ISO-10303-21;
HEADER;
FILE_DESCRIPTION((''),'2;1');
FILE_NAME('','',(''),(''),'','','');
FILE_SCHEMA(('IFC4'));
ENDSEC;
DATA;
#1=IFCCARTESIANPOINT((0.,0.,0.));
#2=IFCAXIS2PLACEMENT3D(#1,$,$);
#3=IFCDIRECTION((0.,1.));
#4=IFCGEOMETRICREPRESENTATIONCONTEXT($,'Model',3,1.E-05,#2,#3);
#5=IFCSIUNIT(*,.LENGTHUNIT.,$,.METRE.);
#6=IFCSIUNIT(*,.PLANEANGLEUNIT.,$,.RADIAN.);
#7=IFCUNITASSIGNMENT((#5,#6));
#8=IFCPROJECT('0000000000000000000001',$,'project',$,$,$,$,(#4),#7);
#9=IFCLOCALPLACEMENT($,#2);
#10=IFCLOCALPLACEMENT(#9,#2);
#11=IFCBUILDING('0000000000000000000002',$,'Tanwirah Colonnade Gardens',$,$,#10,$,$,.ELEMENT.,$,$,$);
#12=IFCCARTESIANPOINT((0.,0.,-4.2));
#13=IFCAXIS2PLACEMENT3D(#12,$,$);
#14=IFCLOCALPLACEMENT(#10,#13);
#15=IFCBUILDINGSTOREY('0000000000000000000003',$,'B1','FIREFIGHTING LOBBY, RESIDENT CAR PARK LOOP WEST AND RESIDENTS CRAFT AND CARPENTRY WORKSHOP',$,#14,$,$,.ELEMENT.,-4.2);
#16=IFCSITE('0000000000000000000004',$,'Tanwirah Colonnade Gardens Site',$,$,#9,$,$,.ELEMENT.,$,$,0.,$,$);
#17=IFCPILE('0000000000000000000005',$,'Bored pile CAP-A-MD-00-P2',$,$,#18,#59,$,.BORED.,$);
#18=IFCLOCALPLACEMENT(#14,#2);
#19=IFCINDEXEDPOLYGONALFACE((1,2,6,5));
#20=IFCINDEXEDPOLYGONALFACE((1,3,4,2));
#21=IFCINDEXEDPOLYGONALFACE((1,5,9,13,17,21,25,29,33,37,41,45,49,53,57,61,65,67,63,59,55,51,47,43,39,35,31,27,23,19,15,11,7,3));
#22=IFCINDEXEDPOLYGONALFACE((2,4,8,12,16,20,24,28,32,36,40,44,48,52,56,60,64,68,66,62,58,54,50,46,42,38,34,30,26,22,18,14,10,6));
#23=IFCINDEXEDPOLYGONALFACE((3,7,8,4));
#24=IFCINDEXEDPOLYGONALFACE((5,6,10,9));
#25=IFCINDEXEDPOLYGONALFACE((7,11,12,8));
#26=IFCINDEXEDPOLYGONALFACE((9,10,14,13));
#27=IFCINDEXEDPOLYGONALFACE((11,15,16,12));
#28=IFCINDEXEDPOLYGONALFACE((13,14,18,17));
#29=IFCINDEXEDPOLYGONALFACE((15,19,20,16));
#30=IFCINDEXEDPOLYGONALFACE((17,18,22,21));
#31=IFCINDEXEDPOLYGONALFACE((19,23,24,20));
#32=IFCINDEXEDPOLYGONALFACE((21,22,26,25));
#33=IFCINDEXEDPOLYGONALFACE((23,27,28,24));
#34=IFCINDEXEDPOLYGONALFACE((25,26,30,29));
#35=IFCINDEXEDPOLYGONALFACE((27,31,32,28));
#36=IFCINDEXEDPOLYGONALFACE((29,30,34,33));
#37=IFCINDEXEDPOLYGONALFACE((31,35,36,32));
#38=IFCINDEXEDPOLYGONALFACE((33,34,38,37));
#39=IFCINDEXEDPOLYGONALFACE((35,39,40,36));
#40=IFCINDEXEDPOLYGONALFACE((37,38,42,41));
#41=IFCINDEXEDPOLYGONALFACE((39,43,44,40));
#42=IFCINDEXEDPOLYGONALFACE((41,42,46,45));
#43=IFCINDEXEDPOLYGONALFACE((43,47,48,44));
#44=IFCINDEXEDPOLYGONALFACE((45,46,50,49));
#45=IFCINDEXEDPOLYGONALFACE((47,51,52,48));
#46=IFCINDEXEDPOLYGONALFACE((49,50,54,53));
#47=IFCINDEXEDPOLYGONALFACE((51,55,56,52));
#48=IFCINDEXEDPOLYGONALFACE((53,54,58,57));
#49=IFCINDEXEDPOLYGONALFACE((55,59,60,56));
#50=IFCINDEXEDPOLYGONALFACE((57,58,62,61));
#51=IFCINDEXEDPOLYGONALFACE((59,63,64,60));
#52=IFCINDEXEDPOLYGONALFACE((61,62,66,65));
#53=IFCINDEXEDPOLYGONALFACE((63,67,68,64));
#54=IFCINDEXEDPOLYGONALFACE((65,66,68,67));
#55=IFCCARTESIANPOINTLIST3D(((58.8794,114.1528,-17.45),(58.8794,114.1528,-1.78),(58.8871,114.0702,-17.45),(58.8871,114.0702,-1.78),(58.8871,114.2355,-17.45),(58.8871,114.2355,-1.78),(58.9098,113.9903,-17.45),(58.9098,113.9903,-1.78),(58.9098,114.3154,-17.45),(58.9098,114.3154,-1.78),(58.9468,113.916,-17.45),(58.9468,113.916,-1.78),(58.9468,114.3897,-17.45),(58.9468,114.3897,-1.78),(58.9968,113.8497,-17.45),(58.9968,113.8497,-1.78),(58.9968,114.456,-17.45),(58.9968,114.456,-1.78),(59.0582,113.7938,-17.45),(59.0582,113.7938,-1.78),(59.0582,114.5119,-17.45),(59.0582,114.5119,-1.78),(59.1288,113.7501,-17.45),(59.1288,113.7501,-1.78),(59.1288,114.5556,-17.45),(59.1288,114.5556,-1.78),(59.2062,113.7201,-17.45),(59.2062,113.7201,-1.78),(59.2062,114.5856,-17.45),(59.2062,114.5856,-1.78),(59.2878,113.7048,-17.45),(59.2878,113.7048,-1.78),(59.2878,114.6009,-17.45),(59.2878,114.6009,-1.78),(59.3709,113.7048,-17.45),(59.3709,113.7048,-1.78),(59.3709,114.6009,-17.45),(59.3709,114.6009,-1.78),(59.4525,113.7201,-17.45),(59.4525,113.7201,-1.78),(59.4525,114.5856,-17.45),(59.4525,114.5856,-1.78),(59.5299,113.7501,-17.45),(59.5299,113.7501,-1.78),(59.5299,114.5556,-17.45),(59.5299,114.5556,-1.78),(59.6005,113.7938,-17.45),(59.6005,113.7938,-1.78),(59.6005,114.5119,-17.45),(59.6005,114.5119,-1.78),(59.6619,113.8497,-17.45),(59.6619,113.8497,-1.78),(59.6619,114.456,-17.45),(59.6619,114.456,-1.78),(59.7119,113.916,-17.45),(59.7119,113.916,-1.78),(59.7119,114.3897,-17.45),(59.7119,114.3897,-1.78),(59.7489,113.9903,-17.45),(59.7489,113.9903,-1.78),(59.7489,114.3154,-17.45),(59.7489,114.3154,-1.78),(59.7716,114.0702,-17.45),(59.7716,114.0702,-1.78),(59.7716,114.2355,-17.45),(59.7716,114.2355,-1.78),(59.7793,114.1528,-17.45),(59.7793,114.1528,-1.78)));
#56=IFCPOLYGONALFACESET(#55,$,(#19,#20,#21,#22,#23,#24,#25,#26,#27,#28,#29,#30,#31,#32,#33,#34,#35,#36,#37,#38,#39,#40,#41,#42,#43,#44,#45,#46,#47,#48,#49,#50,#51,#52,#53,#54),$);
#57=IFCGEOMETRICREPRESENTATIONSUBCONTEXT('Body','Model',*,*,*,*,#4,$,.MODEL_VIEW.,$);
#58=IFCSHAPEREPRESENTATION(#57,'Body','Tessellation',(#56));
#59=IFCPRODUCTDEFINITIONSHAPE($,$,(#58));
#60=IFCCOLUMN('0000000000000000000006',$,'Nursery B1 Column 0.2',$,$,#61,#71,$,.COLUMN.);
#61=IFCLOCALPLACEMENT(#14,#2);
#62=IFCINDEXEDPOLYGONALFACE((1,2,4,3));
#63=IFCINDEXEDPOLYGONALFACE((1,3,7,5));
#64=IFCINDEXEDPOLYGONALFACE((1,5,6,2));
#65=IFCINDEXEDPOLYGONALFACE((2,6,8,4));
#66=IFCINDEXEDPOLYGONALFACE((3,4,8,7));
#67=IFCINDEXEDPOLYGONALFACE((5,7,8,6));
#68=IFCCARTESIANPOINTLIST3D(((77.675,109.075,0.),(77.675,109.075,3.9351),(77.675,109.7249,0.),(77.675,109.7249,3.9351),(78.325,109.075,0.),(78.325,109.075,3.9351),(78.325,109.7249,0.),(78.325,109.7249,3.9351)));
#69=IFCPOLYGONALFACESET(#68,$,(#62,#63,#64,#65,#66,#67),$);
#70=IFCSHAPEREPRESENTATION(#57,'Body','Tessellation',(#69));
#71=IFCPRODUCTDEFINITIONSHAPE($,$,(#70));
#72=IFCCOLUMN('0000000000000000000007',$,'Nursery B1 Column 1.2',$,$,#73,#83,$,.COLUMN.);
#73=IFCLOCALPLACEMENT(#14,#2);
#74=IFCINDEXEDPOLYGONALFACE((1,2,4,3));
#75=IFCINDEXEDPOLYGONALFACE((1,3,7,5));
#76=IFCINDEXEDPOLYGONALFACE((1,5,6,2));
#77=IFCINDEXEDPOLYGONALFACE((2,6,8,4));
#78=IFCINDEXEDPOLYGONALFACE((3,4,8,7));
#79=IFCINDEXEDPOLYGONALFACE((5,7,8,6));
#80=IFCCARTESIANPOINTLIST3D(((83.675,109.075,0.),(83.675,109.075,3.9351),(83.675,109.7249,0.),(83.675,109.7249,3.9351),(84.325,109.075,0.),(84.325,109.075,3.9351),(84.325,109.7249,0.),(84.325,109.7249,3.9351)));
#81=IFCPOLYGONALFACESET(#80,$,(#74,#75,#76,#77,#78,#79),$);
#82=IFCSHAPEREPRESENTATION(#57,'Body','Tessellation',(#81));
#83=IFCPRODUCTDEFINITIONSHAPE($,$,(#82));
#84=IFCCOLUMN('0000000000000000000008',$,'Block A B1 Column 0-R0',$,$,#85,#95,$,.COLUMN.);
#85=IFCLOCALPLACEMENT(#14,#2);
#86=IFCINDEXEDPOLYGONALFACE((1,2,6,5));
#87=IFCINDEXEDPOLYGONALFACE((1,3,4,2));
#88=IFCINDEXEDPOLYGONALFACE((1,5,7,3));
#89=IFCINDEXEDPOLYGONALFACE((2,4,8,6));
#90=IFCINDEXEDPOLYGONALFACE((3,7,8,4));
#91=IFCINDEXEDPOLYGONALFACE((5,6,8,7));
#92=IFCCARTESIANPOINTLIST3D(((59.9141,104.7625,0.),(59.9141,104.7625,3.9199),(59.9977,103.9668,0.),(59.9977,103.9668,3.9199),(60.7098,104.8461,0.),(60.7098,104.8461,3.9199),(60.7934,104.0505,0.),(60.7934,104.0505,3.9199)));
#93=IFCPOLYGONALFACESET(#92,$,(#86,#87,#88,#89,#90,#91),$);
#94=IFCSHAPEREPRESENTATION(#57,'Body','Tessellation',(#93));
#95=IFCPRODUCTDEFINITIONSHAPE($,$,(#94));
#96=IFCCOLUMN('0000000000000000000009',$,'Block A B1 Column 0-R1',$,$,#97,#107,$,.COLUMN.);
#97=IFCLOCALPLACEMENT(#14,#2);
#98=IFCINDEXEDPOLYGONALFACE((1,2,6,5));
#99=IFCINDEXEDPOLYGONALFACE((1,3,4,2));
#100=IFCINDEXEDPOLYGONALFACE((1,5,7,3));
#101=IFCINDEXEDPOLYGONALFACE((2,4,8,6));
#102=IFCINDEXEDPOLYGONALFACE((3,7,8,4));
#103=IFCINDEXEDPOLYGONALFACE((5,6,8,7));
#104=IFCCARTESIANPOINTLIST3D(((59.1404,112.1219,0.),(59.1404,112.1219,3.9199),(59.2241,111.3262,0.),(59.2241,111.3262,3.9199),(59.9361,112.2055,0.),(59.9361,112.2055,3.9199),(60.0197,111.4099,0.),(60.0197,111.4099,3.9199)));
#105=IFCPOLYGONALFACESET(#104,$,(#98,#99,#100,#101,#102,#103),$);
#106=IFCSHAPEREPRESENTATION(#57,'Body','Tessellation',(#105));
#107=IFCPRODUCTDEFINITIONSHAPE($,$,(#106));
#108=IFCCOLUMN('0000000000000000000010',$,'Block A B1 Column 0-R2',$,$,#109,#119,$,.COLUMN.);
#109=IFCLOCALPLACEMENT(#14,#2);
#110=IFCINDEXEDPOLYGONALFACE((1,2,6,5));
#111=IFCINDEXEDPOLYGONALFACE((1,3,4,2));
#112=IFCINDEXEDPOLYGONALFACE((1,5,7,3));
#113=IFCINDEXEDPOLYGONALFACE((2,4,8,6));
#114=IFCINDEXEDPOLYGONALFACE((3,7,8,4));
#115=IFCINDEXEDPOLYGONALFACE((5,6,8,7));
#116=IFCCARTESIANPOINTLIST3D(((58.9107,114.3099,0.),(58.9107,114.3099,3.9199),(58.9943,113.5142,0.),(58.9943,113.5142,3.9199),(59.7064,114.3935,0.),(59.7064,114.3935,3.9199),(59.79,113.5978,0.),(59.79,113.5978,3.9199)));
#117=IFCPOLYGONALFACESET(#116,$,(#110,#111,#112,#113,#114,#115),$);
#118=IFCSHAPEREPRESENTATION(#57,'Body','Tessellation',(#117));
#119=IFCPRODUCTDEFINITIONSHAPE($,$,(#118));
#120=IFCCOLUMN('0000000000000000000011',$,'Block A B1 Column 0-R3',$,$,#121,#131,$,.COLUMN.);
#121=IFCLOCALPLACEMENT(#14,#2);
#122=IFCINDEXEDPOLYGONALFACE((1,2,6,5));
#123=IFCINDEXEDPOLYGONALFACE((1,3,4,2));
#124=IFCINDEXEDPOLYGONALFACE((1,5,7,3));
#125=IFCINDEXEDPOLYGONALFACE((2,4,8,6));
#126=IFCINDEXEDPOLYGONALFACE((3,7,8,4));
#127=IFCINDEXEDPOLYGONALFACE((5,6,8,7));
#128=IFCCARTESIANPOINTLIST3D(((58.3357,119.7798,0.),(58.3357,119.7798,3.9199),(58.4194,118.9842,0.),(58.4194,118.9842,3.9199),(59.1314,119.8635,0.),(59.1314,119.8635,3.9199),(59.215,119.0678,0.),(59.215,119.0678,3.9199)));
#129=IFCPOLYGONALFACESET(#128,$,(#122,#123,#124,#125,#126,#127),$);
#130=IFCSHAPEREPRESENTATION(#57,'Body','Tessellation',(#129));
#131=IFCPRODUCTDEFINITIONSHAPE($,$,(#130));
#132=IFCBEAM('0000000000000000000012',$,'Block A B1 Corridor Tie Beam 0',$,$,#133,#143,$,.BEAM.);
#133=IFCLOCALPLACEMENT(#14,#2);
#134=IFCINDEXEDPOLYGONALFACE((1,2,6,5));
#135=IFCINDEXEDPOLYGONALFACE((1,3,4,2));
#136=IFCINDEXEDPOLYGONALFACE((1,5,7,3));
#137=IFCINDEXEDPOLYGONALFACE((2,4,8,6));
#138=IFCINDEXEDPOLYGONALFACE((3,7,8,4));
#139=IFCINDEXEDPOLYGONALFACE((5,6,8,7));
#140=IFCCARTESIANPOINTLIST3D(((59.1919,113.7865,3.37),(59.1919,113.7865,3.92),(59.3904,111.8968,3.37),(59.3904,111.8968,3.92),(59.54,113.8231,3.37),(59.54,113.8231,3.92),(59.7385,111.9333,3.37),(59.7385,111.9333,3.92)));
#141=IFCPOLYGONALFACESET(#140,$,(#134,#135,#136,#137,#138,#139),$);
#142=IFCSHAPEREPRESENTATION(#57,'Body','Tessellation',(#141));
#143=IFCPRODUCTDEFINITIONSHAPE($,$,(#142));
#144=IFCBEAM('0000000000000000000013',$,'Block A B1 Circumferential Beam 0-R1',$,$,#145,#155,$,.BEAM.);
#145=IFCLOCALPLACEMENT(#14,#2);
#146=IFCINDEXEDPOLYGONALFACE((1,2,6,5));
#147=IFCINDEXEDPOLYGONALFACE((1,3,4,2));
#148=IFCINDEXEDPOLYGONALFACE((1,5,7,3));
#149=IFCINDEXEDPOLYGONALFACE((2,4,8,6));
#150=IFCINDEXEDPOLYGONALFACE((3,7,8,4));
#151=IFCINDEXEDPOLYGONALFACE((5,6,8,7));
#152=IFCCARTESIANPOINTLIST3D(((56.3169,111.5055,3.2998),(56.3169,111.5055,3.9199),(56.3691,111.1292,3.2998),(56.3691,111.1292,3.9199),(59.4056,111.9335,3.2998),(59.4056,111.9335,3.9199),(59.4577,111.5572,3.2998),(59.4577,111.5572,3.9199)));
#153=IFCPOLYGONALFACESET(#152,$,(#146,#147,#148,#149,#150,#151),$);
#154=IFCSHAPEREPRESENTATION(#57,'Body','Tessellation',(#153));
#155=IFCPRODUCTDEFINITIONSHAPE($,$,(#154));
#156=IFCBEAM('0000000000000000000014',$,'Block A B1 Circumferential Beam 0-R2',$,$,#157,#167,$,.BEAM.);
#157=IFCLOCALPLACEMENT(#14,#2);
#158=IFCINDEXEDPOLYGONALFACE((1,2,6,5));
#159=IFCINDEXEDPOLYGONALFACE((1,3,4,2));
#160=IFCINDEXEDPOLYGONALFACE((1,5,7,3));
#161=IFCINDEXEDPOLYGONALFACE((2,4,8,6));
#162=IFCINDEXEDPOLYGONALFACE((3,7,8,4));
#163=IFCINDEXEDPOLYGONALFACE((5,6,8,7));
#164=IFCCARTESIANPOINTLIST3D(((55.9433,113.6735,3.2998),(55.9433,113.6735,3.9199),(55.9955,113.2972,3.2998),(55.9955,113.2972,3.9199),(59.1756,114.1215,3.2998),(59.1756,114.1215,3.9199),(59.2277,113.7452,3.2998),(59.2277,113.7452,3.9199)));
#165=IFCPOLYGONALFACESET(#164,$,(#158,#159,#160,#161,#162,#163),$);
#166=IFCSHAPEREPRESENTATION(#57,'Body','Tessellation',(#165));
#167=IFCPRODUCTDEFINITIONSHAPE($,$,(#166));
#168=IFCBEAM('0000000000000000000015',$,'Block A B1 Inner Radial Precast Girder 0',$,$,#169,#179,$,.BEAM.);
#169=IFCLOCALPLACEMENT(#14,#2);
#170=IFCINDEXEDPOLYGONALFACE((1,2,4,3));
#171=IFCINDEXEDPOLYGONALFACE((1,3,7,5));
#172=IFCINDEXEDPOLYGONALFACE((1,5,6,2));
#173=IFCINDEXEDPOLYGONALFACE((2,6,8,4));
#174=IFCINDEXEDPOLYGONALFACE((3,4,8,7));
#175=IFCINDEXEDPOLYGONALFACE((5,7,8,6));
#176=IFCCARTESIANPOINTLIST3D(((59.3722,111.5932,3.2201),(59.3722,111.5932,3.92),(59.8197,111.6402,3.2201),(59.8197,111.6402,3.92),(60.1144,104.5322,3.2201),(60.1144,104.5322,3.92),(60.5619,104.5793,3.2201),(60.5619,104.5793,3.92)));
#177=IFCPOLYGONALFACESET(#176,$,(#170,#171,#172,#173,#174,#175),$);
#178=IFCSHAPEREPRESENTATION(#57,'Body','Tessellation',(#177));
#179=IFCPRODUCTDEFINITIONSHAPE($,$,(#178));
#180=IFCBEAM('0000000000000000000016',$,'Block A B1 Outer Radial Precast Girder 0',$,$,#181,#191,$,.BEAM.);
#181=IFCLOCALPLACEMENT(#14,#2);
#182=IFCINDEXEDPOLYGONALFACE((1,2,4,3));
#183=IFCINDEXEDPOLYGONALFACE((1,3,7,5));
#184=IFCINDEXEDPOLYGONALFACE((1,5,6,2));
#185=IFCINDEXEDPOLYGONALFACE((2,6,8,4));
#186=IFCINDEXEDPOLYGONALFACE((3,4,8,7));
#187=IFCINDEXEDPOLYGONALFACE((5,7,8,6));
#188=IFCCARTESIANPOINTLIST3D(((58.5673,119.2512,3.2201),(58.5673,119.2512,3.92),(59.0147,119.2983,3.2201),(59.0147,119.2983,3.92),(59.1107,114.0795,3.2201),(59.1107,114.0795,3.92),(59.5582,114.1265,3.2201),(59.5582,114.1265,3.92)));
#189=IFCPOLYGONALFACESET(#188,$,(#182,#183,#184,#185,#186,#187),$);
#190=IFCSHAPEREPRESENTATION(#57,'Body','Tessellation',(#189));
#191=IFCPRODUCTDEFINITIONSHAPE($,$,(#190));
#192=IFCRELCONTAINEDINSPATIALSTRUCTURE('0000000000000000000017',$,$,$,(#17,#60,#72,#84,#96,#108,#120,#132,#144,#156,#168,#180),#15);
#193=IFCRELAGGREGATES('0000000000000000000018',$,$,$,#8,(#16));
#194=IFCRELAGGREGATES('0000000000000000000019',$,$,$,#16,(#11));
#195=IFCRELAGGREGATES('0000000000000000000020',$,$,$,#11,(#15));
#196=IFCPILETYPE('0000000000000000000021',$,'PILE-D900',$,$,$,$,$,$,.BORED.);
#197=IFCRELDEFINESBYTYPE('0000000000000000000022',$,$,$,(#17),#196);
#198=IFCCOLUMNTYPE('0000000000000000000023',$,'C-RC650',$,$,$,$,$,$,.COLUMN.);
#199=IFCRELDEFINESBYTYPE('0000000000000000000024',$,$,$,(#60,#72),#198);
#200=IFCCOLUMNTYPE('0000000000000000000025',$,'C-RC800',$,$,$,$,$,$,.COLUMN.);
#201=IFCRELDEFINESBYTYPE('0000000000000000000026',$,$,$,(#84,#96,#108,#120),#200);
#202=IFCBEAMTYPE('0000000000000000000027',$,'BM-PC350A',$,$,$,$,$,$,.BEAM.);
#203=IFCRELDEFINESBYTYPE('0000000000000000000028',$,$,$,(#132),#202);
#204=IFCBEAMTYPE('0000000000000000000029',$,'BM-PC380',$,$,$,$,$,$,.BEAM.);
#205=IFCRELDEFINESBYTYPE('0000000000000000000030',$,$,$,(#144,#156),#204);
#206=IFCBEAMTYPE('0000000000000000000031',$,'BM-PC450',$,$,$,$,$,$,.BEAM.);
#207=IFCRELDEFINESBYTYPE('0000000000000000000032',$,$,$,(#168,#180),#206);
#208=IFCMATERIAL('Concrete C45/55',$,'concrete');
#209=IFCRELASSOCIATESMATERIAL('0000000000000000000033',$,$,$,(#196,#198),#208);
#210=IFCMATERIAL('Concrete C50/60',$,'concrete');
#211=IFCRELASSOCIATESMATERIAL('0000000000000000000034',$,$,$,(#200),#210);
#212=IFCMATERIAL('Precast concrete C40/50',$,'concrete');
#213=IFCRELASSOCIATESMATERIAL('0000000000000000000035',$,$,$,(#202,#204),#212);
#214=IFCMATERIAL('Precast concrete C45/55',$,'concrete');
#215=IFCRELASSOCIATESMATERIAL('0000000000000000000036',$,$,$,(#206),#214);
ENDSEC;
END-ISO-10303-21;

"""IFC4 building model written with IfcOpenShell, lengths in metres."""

from ifc_helpers import new_model, si_unit, direction, frame, origin, origin_2d, place, context, subcontext, project, spatial, rectangle, circle, extrude, material, material_profile, profile_set, type_object, element, save


model = new_model("IFC4")

# Units and contexts
model_context = context("Model", 3, precision=1e-05, world=origin(), true_north=direction((0.0, 1.0)))
body_context = subcontext(model_context, "Body", "Model", "MODEL_VIEW")
ifc_project = project(units=[si_unit("LENGTHUNIT", "METRE"), si_unit("PLANEANGLEUNIT", "RADIAN")], contexts=[model_context])

# Site, building, storey
site_placement = place(None, origin())
site = spatial("IfcSite", under=ifc_project, at=site_placement, Name="Tanwirah Colonnade Gardens Site", CompositionType="ELEMENT", RefElevation=0.0)
building_placement = place(site_placement, origin())
building = spatial("IfcBuilding", under=site, at=building_placement, Name="Tanwirah Colonnade Gardens", CompositionType="ELEMENT")
storey_placement = place(building_placement, frame((0.0, 0.0, -4.2)))
storey = spatial("IfcBuildingStorey", under=building, at=storey_placement, Name="B1", Description="FIREFIGHTING LOBBY, RESIDENT CAR PARK LOOP WEST AND RESIDENTS CRAFT AND CARPENTRY WORKSHOP", CompositionType="ELEMENT", Elevation=-4.2)

# Shared definitions
ifc_material_1 = material(Name="Concrete C45/55", Category="concrete")

# Pile
ifc_material_profile_1 = material_profile(ifc_material_1, circle(Radius=0.45, at=origin_2d()), Name="PILE D900")
ifc_profile_set_1 = profile_set([ifc_material_profile_1], Name="Concrete C45/55")
pile_type_1 = type_object("IfcPileType", Name="PILE-D900", PredefinedType="BORED", material=ifc_profile_set_1)
for number, where, z_axis, x_axis, name in (
    (1, (59.3293, 114.1528, -1.78), (0.0, 0.0, -1.0), (1.0, 0.0, 0.0), "Bored pile CAP-A-MD-00-P2"),
):
    element("IfcPile", number, at=place(storey_placement, frame(where, z_axis=z_axis, x_axis=x_axis)), inside=storey, type_object=pile_type_1, Name=name, PredefinedType="BORED", context=body_context, shape_type="SweptSolid", body=[
        extrude(circle(Radius=0.45, at=origin_2d()), origin(), (0.0, 0.0, 1.0), 15.6699),
    ])

# Columns
ifc_material_profile_2 = material_profile(ifc_material_1, rectangle(XDim=0.6499, YDim=0.6499, at=origin_2d()), Name="RC-COL 650x650")
ifc_profile_set_2 = profile_set([ifc_material_profile_2], Name="Concrete C45/55")
column_type_1 = type_object("IfcColumnType", Name="C-RC650", PredefinedType="COLUMN", material=ifc_profile_set_2)
for number, where, z_axis, x_axis, name in (
    (2, (78.0, 109.3999, 0.0), (0.0, 0.0, 1.0), (1.0, 0.0, 0.0), "Nursery B1 Column 0.2"),
    (3, (84.0, 109.3999, 0.0), (0.0, 0.0, 1.0), (1.0, 0.0, 0.0), "Nursery B1 Column 1.2"),
):
    element("IfcColumn", number, at=place(storey_placement, frame(where, z_axis=z_axis, x_axis=x_axis)), inside=storey, type_object=column_type_1, Name=name, PredefinedType="COLUMN", context=body_context, shape_type="SweptSolid", body=[
        extrude(rectangle(XDim=0.6499, YDim=0.6499, at=origin_2d()), origin(), (0.0, 0.0, 1.0), 3.9351),
    ])
ifc_material_2 = material(Name="Concrete C50/60", Category="concrete")
ifc_material_profile_3 = material_profile(ifc_material_2, rectangle(XDim=0.8, YDim=0.8, at=origin_2d()), Name="RC-COL 800x800")
ifc_profile_set_3 = profile_set([ifc_material_profile_3], Name="Concrete C50/60")
column_type_2 = type_object("IfcColumnType", Name="C-RC800", PredefinedType="COLUMN", material=ifc_profile_set_3)
for number, where, z_axis, x_axis, name in (
    (4, (60.3538, 104.4065, 0.0), (0.0, 0.0, 1.0), (-0.104528, 0.994522, 0.0), "Block A B1 Column 0-R0"),
    (5, (59.5801, 111.7659, 0.0), (0.0, 0.0, 1.0), (-0.104528, 0.994522, 0.0), "Block A B1 Column 0-R1"),
    (6, (59.3503, 113.9539, 0.0), (0.0, 0.0, 1.0), (-0.104528, 0.994522, 0.0), "Block A B1 Column 0-R2"),
    (7, (58.7754, 119.4238, 0.0), (0.0, 0.0, 1.0), (-0.104528, 0.994522, 0.0), "Block A B1 Column 0-R3"),
):
    element("IfcColumn", number, at=place(storey_placement, frame(where, z_axis=z_axis, x_axis=x_axis)), inside=storey, type_object=column_type_2, Name=name, PredefinedType="COLUMN", context=body_context, shape_type="SweptSolid", body=[
        extrude(rectangle(XDim=0.8, YDim=0.8, at=origin_2d()), origin(), (0.0, 0.0, 1.0), 3.9199),
    ])

# Beams
ifc_material_3 = material(Name="Precast concrete C40/50", Category="concrete")
ifc_material_profile_4 = material_profile(ifc_material_3, rectangle(XDim=0.3501, YDim=0.55, at=origin_2d()), Name="PC-BM 350x550")
ifc_profile_set_4 = profile_set([ifc_material_profile_4], Name="Precast concrete C40/50")
beam_type_1 = type_object("IfcBeamType", Name="BM-PC350A", PredefinedType="BEAM", material=ifc_profile_set_4)
beam_1_placement = place(storey_placement, frame((59.5645, 111.915, 3.645), z_axis=(-0.104464, 0.994529, 0.0), x_axis=(-0.994529, -0.104464, 0.0)))
element("IfcBeam", 8, at=beam_1_placement, inside=storey, type_object=beam_type_1, Name="Block A B1 Corridor Tie Beam 0", PredefinedType="BEAM", context=body_context, shape_type="SweptSolid", body=[
    extrude(rectangle(XDim=0.3501, YDim=0.55, at=origin_2d()), origin(), (0.0, 0.0, 1.0), 1.9001),
])
ifc_material_profile_5 = material_profile(ifc_material_3, rectangle(XDim=0.3799, YDim=0.6201, at=origin_2d()), Name="PC-BM 380x620")
ifc_profile_set_5 = profile_set([ifc_material_profile_5], Name="Precast concrete C40/50")
beam_type_2 = type_object("IfcBeamType", Name="BM-PC380", PredefinedType="BEAM", material=ifc_profile_set_5)
beam_2_placement = place(storey_placement, frame((59.4316, 111.7454, 3.6099), z_axis=(-0.990536, -0.137255, 0.0), x_axis=(0.137255, -0.990536, 0.0)))
element("IfcBeam", 9, at=beam_2_placement, inside=storey, type_object=beam_type_2, Name="Block A B1 Circumferential Beam 0-R1", PredefinedType="BEAM", context=body_context, shape_type="SweptSolid", body=[
    extrude(rectangle(XDim=0.3799, YDim=0.6201, at=origin_2d()), origin(), (0.0, 0.0, 1.0), 3.1182),
])
beam_3_placement = place(storey_placement, frame((59.2017, 113.9333, 3.6099), z_axis=(-0.99053, -0.137293, 0.0), x_axis=(0.137293, -0.99053, 0.0)))
element("IfcBeam", 10, at=beam_3_placement, inside=storey, type_object=beam_type_2, Name="Block A B1 Circumferential Beam 0-R2", PredefinedType="BEAM", context=body_context, shape_type="SweptSolid", body=[
    extrude(rectangle(XDim=0.3799, YDim=0.6201, at=origin_2d()), origin(), (0.0, 0.0, 1.0), 3.2632),
])
ifc_material_4 = material(Name="Precast concrete C45/55", Category="concrete")
ifc_material_profile_6 = material_profile(ifc_material_4, rectangle(XDim=0.45, YDim=0.7, at=origin_2d()), Name="PC-BM 450x700")
ifc_profile_set_6 = profile_set([ifc_material_profile_6], Name="Precast concrete C45/55")
beam_type_3 = type_object("IfcBeamType", Name="BM-PC450", PredefinedType="BEAM", material=ifc_profile_set_6)
beam_4_placement = place(storey_placement, frame((59.5959, 111.6167, 3.5701), z_axis=(0.104534, -0.994521, 0.0), x_axis=(0.994521, 0.104534, 0.0)))
element("IfcBeam", 11, at=beam_4_placement, inside=storey, type_object=beam_type_3, Name="Block A B1 Inner Radial Precast Girder 0", PredefinedType="BEAM", context=body_context, shape_type="SweptSolid", body=[
    extrude(rectangle(XDim=0.45, YDim=0.7, at=origin_2d()), origin(), (0.0, 0.0, 1.0), 7.0999),
])
beam_5_placement = place(storey_placement, frame((59.3345, 114.103, 3.5701), z_axis=(-0.104509, 0.994524, 0.0), x_axis=(-0.994524, -0.104509, 0.0)))
element("IfcBeam", 12, at=beam_5_placement, inside=storey, type_object=beam_type_3, Name="Block A B1 Outer Radial Precast Girder 0", PredefinedType="BEAM", context=body_context, shape_type="SweptSolid", body=[
    extrude(rectangle(XDim=0.45, YDim=0.7, at=origin_2d()), origin(), (0.0, 0.0, 1.0), 5.2002),
])

save(model, "model.ifc")
